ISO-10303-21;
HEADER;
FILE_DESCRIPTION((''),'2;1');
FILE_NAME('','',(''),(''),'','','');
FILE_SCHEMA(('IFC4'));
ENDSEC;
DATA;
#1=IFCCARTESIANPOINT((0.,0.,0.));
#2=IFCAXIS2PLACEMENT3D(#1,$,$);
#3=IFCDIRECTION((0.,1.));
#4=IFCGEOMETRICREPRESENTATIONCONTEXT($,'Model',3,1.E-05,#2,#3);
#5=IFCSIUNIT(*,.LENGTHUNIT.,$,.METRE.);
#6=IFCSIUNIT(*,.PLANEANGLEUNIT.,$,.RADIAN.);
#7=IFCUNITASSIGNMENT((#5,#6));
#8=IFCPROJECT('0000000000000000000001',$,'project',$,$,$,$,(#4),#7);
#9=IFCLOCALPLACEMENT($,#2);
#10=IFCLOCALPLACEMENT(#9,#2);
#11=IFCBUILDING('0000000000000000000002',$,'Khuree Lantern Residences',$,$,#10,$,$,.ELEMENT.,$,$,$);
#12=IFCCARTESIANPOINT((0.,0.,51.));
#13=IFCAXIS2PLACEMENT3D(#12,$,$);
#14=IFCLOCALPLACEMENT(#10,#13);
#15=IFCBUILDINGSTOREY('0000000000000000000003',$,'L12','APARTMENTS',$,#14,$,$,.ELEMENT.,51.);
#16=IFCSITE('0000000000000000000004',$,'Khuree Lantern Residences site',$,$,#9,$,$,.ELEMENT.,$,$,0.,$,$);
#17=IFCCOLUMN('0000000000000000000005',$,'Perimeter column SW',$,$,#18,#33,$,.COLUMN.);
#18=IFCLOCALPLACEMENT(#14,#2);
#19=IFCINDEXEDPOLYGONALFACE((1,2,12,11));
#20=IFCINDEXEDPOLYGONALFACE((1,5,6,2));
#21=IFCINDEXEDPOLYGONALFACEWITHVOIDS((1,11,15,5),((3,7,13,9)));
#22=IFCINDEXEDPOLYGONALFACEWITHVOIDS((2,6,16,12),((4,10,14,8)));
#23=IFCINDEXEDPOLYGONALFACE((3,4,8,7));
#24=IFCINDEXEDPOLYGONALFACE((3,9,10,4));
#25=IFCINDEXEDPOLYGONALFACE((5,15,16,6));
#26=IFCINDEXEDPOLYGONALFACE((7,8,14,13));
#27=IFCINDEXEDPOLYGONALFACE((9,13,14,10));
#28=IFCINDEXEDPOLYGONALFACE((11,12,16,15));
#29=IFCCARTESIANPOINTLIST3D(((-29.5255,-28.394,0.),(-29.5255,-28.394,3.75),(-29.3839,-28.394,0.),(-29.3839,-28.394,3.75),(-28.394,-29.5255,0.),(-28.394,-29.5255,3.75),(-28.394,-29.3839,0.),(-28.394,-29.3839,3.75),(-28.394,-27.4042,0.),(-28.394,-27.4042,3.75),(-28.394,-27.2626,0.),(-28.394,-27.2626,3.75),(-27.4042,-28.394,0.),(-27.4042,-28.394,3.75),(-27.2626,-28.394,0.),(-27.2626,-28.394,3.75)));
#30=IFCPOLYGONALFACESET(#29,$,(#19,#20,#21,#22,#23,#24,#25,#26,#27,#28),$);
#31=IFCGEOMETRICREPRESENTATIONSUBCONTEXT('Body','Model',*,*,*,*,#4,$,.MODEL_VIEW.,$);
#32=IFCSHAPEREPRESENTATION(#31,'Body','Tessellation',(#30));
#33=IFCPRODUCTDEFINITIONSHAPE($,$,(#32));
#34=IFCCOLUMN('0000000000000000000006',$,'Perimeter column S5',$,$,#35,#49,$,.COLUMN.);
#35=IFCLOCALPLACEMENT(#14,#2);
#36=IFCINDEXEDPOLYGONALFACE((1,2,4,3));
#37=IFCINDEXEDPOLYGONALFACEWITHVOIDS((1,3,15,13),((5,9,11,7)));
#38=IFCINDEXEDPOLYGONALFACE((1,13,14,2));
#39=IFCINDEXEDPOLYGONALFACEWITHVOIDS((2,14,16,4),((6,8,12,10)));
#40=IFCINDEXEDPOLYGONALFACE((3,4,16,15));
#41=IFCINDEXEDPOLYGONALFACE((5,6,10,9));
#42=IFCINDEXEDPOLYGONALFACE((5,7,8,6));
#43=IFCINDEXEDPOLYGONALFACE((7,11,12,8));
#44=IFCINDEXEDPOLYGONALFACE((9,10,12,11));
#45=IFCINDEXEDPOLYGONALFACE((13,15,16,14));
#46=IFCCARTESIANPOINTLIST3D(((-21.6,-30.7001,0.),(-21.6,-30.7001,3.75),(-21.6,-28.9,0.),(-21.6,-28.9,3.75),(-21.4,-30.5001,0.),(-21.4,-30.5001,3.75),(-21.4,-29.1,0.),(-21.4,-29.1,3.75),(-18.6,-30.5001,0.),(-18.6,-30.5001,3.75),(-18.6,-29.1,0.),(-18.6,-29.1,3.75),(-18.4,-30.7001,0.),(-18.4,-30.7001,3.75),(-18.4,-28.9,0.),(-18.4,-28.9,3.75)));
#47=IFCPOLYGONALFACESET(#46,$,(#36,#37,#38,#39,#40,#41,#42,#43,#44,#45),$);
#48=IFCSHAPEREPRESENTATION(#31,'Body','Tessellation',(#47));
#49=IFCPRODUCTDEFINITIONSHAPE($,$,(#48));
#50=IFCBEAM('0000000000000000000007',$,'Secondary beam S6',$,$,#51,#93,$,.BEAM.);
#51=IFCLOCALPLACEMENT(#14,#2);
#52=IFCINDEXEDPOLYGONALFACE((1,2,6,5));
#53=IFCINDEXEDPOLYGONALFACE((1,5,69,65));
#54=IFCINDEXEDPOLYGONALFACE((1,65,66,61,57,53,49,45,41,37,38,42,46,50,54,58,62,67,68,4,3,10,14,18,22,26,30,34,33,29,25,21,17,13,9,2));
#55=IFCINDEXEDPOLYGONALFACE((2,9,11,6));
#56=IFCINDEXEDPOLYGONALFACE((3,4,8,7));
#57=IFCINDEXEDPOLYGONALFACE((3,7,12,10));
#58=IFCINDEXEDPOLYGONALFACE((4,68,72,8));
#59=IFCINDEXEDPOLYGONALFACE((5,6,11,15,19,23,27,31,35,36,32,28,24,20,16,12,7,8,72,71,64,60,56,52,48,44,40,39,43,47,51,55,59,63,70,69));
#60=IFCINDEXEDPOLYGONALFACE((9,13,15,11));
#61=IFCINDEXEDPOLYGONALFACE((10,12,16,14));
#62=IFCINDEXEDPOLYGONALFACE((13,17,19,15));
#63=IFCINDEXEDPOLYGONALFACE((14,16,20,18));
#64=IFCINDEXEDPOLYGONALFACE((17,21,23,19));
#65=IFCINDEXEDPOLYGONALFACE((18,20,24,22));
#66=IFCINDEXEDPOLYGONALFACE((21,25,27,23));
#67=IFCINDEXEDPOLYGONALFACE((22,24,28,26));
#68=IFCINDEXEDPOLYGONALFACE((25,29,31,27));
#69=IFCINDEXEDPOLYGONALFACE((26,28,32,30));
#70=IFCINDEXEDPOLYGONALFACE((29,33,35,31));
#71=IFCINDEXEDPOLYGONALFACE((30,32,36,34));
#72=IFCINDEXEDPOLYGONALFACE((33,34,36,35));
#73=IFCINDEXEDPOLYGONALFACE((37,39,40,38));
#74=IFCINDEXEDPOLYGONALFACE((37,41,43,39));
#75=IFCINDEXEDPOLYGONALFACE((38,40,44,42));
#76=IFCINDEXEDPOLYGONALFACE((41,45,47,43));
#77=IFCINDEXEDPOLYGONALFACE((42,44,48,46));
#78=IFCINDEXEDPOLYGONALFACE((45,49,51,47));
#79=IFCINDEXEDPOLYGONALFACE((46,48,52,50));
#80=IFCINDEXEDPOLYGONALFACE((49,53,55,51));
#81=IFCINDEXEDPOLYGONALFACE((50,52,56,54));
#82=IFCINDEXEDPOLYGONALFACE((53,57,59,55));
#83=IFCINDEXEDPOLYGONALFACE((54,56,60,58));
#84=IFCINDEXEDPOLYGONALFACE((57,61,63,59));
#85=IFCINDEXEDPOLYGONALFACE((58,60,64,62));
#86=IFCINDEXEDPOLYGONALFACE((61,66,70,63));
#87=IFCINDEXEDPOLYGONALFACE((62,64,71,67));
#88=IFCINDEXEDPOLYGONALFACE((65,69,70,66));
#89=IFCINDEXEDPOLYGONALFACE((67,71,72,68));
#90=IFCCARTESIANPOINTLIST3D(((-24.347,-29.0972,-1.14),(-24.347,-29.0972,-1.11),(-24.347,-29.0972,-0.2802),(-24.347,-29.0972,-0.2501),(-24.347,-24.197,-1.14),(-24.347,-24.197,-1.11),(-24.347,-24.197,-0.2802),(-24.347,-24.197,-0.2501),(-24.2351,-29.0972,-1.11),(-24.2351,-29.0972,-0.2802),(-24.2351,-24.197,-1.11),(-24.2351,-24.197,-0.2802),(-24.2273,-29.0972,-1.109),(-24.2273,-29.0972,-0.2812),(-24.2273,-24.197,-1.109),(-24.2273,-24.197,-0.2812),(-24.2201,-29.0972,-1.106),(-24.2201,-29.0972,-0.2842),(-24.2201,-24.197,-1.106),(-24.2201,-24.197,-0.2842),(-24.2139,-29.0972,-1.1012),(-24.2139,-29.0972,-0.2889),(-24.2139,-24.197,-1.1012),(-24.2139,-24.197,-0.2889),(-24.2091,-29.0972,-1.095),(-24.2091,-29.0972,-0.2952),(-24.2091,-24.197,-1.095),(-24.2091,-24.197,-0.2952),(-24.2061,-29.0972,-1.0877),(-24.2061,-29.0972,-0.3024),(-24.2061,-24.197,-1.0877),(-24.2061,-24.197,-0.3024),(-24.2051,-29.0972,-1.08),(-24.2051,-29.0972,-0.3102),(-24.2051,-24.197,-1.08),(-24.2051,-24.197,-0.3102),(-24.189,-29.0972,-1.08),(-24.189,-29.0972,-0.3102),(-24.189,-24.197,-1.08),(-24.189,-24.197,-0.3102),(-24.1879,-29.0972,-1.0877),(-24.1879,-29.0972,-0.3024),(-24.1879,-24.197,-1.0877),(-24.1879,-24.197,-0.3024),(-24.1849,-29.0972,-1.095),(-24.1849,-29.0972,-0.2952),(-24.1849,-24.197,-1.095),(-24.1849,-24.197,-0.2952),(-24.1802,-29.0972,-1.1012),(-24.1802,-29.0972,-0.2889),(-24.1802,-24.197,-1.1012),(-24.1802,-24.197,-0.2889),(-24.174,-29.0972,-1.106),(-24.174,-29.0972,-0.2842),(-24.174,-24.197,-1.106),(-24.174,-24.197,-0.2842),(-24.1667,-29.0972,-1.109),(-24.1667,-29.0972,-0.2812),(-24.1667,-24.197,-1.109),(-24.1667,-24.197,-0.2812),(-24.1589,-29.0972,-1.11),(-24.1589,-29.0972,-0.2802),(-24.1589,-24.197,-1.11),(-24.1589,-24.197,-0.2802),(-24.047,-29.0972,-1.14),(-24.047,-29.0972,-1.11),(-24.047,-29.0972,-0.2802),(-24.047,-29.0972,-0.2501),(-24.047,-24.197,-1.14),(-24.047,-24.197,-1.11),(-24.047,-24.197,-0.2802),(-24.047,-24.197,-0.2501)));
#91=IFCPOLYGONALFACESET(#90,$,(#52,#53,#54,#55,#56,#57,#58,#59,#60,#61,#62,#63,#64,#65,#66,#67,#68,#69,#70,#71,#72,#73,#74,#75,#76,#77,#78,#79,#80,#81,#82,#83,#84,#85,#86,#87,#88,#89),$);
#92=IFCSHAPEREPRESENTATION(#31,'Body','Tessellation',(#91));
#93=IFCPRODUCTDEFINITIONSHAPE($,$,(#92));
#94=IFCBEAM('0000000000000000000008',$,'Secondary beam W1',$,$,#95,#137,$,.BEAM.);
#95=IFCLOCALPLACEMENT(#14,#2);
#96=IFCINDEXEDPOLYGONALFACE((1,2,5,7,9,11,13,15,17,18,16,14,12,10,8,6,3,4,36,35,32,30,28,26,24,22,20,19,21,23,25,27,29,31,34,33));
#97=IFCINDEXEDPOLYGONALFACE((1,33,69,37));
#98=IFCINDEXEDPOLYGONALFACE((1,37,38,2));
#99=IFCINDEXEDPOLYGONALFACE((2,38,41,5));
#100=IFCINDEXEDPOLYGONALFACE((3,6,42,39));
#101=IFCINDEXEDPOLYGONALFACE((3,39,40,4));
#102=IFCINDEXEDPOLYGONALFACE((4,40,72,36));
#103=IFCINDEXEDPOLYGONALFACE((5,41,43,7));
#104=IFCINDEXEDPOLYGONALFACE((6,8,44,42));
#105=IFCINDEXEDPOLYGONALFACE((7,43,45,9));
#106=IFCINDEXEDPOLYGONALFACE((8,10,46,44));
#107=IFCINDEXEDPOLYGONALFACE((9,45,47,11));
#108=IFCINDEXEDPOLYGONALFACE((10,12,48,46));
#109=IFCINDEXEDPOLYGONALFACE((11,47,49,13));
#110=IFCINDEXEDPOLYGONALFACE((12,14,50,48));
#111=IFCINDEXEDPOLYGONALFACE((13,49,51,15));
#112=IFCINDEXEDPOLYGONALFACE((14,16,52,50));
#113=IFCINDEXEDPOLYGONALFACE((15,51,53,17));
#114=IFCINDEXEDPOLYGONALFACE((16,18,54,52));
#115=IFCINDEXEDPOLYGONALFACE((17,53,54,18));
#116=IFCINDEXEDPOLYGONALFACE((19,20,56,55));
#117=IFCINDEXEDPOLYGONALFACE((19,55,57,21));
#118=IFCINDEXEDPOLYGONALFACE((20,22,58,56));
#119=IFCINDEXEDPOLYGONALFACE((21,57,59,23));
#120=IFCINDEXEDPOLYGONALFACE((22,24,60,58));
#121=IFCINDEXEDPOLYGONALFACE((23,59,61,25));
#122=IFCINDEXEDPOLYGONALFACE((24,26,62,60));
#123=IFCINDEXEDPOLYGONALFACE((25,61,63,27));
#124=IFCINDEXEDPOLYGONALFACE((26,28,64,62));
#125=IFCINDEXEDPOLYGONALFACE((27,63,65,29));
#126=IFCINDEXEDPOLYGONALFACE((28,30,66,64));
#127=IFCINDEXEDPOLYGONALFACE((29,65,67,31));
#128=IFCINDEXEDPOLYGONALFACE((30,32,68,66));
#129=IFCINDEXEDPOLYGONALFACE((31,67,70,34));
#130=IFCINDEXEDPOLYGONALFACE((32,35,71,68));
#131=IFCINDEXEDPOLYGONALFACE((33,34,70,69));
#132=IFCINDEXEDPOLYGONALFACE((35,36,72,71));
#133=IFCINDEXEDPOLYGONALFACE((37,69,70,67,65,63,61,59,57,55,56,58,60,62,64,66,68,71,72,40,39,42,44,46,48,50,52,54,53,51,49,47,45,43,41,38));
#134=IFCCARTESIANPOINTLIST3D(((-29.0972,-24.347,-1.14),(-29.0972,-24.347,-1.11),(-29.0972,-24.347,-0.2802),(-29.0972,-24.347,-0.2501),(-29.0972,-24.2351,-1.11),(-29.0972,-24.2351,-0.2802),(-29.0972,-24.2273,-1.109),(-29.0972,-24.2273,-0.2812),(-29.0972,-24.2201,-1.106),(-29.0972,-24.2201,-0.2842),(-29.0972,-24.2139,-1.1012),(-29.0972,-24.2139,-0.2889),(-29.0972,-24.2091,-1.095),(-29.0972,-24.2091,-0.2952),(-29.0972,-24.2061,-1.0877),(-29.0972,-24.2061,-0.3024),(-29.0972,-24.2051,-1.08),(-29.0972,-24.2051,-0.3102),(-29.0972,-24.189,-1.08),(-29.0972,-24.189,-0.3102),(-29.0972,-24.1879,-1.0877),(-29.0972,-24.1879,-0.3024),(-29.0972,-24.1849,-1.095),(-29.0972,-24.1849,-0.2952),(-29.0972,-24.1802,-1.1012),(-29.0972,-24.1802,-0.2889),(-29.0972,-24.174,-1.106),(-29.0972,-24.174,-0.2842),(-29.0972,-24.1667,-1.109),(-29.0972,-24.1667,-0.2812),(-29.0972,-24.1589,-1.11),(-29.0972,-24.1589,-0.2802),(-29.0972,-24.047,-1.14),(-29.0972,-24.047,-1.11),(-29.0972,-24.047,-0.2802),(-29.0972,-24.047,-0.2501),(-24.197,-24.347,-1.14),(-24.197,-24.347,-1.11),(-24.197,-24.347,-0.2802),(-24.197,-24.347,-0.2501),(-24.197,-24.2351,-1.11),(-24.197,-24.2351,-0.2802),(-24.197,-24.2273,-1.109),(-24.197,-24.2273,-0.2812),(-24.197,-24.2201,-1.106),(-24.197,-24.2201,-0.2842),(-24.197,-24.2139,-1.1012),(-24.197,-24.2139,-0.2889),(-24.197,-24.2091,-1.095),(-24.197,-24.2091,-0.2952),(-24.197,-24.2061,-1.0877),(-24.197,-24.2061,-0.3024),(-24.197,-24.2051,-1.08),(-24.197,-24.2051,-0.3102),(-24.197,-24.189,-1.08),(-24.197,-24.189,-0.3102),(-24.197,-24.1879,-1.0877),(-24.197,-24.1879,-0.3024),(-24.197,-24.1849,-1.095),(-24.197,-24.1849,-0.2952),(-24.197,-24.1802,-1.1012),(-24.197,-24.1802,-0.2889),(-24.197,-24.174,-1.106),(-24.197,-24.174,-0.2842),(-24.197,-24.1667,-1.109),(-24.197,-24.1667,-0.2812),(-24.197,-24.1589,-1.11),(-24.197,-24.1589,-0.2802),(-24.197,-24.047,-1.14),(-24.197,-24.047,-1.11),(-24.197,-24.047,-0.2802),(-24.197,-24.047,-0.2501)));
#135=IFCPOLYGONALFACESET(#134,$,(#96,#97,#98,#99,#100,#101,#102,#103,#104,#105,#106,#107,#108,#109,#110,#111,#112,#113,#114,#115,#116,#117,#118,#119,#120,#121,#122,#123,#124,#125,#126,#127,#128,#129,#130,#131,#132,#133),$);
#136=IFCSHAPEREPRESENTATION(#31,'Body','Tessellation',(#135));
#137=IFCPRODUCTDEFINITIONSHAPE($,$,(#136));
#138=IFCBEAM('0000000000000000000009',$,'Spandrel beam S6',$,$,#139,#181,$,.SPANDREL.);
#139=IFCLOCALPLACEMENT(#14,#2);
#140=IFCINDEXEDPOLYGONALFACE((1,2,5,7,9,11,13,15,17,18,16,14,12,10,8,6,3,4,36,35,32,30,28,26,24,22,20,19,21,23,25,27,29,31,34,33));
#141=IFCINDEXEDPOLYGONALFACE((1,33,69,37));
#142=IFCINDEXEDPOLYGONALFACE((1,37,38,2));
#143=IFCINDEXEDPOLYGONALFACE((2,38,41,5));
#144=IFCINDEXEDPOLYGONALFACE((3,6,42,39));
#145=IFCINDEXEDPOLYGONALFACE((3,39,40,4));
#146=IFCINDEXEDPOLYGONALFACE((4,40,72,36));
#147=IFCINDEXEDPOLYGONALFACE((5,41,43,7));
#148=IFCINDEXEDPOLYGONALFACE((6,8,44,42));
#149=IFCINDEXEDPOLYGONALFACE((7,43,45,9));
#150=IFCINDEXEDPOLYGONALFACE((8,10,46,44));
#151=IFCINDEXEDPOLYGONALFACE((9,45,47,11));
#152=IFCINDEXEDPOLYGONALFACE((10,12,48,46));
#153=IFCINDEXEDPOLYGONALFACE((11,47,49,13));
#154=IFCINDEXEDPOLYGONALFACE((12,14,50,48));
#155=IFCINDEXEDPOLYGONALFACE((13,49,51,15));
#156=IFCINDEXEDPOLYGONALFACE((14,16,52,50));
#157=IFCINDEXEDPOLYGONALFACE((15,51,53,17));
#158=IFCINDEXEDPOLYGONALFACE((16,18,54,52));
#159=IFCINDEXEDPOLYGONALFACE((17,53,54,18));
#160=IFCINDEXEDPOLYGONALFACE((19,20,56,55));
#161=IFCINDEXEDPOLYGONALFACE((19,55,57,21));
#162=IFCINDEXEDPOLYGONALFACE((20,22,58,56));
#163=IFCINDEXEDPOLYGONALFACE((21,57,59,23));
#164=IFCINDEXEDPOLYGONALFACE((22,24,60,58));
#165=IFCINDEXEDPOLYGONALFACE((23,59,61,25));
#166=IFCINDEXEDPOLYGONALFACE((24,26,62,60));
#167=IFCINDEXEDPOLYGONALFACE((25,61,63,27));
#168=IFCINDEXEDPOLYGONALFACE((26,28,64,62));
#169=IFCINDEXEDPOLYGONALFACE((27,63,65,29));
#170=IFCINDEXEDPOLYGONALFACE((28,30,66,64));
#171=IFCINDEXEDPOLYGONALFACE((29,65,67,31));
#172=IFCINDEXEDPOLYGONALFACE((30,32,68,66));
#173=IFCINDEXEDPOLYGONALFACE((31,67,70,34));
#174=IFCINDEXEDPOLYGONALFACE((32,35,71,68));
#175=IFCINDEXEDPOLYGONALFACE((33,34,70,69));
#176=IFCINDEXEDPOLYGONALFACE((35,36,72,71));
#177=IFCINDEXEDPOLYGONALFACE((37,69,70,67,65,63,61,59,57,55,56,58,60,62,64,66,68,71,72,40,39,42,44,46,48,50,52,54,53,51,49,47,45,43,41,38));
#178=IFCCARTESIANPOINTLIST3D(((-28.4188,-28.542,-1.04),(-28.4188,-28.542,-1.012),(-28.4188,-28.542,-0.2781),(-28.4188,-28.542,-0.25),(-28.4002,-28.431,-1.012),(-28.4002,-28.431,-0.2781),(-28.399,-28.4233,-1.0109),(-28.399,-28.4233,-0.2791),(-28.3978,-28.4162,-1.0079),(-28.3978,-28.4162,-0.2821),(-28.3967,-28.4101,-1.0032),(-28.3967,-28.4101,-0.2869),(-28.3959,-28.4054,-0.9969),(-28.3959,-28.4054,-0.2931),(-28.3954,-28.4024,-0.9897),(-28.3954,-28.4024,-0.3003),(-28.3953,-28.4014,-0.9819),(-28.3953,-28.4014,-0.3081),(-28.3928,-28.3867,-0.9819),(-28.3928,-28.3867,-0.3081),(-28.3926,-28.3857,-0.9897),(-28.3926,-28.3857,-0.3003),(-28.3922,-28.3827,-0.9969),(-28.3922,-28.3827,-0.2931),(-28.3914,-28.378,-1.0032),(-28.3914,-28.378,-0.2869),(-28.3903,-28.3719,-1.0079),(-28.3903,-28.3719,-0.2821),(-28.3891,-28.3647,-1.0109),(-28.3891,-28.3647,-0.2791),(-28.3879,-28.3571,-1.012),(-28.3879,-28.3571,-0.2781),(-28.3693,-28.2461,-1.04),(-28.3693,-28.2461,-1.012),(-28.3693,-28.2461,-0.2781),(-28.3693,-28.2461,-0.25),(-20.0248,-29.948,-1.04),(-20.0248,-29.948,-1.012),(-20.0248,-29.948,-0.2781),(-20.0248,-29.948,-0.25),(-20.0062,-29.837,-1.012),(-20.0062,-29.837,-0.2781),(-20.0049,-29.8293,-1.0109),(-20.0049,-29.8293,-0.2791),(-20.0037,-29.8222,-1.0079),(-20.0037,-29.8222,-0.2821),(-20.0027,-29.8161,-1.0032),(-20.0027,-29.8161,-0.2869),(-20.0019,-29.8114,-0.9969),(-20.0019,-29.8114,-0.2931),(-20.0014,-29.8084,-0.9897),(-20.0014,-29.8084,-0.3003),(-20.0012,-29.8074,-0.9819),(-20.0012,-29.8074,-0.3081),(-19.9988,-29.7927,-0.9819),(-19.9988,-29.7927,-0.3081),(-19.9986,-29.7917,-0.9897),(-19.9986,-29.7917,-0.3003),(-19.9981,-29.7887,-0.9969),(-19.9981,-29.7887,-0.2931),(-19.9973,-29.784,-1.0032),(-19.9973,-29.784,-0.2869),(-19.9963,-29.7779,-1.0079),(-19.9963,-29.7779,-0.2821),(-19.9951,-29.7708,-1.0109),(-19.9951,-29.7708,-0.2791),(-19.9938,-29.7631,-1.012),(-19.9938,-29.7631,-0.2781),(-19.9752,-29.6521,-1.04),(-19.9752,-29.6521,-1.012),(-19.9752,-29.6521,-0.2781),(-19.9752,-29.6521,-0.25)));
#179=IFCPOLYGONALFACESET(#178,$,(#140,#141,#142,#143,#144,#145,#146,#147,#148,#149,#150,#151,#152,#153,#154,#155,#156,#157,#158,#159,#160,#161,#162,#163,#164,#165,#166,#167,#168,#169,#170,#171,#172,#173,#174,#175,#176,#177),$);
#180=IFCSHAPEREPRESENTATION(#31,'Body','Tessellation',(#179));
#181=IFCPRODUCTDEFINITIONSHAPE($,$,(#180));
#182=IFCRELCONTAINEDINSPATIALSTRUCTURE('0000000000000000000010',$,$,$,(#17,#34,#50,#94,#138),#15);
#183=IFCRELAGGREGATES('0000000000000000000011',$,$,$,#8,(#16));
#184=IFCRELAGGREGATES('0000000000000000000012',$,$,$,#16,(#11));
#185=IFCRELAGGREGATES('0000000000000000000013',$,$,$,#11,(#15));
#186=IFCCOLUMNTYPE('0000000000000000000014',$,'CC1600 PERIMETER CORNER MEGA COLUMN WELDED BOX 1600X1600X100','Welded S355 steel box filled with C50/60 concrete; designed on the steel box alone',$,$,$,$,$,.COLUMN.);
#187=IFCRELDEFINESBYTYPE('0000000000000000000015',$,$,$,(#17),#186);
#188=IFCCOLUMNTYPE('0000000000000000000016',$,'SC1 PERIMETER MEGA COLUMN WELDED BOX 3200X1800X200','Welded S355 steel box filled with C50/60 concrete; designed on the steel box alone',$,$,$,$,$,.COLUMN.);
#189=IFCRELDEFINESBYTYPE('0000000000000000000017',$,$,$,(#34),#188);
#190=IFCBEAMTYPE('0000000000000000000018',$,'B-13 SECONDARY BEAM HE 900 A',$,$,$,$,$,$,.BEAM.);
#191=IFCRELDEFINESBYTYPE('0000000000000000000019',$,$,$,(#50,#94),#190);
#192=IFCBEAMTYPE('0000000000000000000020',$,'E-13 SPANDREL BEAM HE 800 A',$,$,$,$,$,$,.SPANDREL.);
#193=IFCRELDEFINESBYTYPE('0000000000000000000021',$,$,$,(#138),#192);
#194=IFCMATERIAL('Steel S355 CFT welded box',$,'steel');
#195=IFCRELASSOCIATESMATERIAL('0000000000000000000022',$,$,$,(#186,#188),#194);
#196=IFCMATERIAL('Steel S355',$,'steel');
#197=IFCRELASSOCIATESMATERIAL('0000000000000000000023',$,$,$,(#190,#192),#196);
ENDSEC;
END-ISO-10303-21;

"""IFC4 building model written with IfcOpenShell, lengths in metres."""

from ifc_helpers import new_model, si_unit, direction, frame, origin, origin_2d, place, context, subcontext, project, spatial, hollow_rectangle, i_section, extrude, material, material_profile, profile_set, type_object, element, save


model = new_model("IFC4")

# Units and contexts
model_context = context("Model", 3, precision=1e-05, world=origin(), true_north=direction((0.0, 1.0)))
body_context = subcontext(model_context, "Body", "Model", "MODEL_VIEW")
ifc_project = project(units=[si_unit("LENGTHUNIT", "METRE"), si_unit("PLANEANGLEUNIT", "RADIAN")], contexts=[model_context])

# Site, building, storey
site_placement = place(None, origin())
site = spatial("IfcSite", under=ifc_project, at=site_placement, Name="Khuree Lantern Residences site", CompositionType="ELEMENT", RefElevation=0.0)
building_placement = place(site_placement, origin())
building = spatial("IfcBuilding", under=site, at=building_placement, Name="Khuree Lantern Residences", CompositionType="ELEMENT")
storey_placement = place(building_placement, frame((0.0, 0.0, 51.0)))
storey = spatial("IfcBuildingStorey", under=building, at=storey_placement, Name="L12", Description="APARTMENTS", CompositionType="ELEMENT", Elevation=51.0)

# Columns
ifc_material_1 = material(Name="Steel S355 CFT welded box", Category="steel")
ifc_material_profile_1 = material_profile(ifc_material_1, hollow_rectangle(XDim=1.6001, YDim=1.6001, WallThickness=0.1001, at=origin_2d()), Name="WELDED BOX 1600X1600X100")
ifc_profile_set_1 = profile_set([ifc_material_profile_1], Name="Steel S355 CFT welded box")
column_type_1 = type_object("IfcColumnType", Name="CC1600 PERIMETER CORNER MEGA COLUMN WELDED BOX 1600X1600X100", Description="Welded S355 steel box filled with C50/60 concrete; designed on the steel box alone", PredefinedType="COLUMN", material=ifc_profile_set_1)
column_1_placement = place(storey_placement, frame((-28.394, -28.394, 0.0), z_axis=(0.0, 0.0, 1.0), x_axis=(0.707107, -0.707107, 0.0)))
element("IfcColumn", 1, at=column_1_placement, inside=storey, type_object=column_type_1, Name="Perimeter column SW", PredefinedType="COLUMN", context=body_context, shape_type="SweptSolid", body=[
    extrude(hollow_rectangle(XDim=1.6001, YDim=1.6001, WallThickness=0.1001, at=origin_2d()), origin(), (0.0, 0.0, 1.0), 3.75),
])
ifc_material_profile_2 = material_profile(ifc_material_1, hollow_rectangle(XDim=3.2, YDim=1.8, WallThickness=0.2, at=origin_2d()), Name="WELDED BOX 3200X1800X200")
ifc_profile_set_2 = profile_set([ifc_material_profile_2], Name="Steel S355 CFT welded box")
column_type_2 = type_object("IfcColumnType", Name="SC1 PERIMETER MEGA COLUMN WELDED BOX 3200X1800X200", Description="Welded S355 steel box filled with C50/60 concrete; designed on the steel box alone", PredefinedType="COLUMN", material=ifc_profile_set_2)
column_2_placement = place(storey_placement, frame((-20.0, -29.8, 0.0), z_axis=(0.0, 0.0, 1.0), x_axis=(1.0, 0.0, 0.0)))
element("IfcColumn", 2, at=column_2_placement, inside=storey, type_object=column_type_2, Name="Perimeter column S5", PredefinedType="COLUMN", context=body_context, shape_type="SweptSolid", body=[
    extrude(hollow_rectangle(XDim=3.2, YDim=1.8, WallThickness=0.2, at=origin_2d()), origin(), (0.0, 0.0, 1.0), 3.75),
])

# Beams
ifc_material_2 = material(Name="Steel S355", Category="steel")
ifc_material_profile_3 = material_profile(ifc_material_2, i_section(OverallWidth=0.3, OverallDepth=0.8899, WebThickness=0.0161, FlangeThickness=0.03, FilletRadius=0.03, at=origin_2d()), Name="HE 900 A")
ifc_profile_set_3 = profile_set([ifc_material_profile_3], Name="Steel S355")
beam_type_1 = type_object("IfcBeamType", Name="B-13 SECONDARY BEAM HE 900 A", PredefinedType="BEAM", material=ifc_profile_set_3)
for number, where, z_axis, x_axis, name in (
    (3, (-24.197, -29.0972, -0.6951), (0.0, 1.0, 0.0), (-1.0, 0.0, 0.0), "Secondary beam S6"),
    (4, (-29.0972, -24.197, -0.6951), (1.0, 0.0, 0.0), (0.0, 1.0, 0.0), "Secondary beam W1"),
):
    element("IfcBeam", number, at=place(storey_placement, frame(where, z_axis=z_axis, x_axis=x_axis)), inside=storey, type_object=beam_type_1, Name=name, PredefinedType="BEAM", context=body_context, shape_type="SweptSolid", body=[
        extrude(i_section(OverallWidth=0.3, OverallDepth=0.8899, WebThickness=0.0161, FlangeThickness=0.03, FilletRadius=0.03, at=origin_2d()), origin(), (0.0, 0.0, 1.0), 4.9001),
    ])
ifc_material_profile_4 = material_profile(ifc_material_2, i_section(OverallWidth=0.3, OverallDepth=0.79, WebThickness=0.0149, FlangeThickness=0.0281, FilletRadius=0.03, at=origin_2d()), Name="HE 800 A")
ifc_profile_set_4 = profile_set([ifc_material_profile_4], Name="Steel S355")
beam_type_2 = type_object("IfcBeamType", Name="E-13 SPANDREL BEAM HE 800 A", PredefinedType="SPANDREL", material=ifc_profile_set_4)
for number, where, z_axis, x_axis, name in (
    (5, (-20.0, -29.8, -0.645), (-0.98626, 0.165199, 0.0), (-0.165199, -0.98626, 0.0), "Spandrel beam S6"),
):
    element("IfcBeam", number, at=place(storey_placement, frame(where, z_axis=z_axis, x_axis=x_axis)), inside=storey, type_object=beam_type_2, Name=name, PredefinedType="SPANDREL", context=body_context, shape_type="SweptSolid", body=[
        extrude(i_section(OverallWidth=0.3, OverallDepth=0.79, WebThickness=0.0149, FlangeThickness=0.0281, FilletRadius=0.03, at=origin_2d()), origin(), (0.0, 0.0, 1.0), 8.511),
    ])

save(model, "model.ifc")
